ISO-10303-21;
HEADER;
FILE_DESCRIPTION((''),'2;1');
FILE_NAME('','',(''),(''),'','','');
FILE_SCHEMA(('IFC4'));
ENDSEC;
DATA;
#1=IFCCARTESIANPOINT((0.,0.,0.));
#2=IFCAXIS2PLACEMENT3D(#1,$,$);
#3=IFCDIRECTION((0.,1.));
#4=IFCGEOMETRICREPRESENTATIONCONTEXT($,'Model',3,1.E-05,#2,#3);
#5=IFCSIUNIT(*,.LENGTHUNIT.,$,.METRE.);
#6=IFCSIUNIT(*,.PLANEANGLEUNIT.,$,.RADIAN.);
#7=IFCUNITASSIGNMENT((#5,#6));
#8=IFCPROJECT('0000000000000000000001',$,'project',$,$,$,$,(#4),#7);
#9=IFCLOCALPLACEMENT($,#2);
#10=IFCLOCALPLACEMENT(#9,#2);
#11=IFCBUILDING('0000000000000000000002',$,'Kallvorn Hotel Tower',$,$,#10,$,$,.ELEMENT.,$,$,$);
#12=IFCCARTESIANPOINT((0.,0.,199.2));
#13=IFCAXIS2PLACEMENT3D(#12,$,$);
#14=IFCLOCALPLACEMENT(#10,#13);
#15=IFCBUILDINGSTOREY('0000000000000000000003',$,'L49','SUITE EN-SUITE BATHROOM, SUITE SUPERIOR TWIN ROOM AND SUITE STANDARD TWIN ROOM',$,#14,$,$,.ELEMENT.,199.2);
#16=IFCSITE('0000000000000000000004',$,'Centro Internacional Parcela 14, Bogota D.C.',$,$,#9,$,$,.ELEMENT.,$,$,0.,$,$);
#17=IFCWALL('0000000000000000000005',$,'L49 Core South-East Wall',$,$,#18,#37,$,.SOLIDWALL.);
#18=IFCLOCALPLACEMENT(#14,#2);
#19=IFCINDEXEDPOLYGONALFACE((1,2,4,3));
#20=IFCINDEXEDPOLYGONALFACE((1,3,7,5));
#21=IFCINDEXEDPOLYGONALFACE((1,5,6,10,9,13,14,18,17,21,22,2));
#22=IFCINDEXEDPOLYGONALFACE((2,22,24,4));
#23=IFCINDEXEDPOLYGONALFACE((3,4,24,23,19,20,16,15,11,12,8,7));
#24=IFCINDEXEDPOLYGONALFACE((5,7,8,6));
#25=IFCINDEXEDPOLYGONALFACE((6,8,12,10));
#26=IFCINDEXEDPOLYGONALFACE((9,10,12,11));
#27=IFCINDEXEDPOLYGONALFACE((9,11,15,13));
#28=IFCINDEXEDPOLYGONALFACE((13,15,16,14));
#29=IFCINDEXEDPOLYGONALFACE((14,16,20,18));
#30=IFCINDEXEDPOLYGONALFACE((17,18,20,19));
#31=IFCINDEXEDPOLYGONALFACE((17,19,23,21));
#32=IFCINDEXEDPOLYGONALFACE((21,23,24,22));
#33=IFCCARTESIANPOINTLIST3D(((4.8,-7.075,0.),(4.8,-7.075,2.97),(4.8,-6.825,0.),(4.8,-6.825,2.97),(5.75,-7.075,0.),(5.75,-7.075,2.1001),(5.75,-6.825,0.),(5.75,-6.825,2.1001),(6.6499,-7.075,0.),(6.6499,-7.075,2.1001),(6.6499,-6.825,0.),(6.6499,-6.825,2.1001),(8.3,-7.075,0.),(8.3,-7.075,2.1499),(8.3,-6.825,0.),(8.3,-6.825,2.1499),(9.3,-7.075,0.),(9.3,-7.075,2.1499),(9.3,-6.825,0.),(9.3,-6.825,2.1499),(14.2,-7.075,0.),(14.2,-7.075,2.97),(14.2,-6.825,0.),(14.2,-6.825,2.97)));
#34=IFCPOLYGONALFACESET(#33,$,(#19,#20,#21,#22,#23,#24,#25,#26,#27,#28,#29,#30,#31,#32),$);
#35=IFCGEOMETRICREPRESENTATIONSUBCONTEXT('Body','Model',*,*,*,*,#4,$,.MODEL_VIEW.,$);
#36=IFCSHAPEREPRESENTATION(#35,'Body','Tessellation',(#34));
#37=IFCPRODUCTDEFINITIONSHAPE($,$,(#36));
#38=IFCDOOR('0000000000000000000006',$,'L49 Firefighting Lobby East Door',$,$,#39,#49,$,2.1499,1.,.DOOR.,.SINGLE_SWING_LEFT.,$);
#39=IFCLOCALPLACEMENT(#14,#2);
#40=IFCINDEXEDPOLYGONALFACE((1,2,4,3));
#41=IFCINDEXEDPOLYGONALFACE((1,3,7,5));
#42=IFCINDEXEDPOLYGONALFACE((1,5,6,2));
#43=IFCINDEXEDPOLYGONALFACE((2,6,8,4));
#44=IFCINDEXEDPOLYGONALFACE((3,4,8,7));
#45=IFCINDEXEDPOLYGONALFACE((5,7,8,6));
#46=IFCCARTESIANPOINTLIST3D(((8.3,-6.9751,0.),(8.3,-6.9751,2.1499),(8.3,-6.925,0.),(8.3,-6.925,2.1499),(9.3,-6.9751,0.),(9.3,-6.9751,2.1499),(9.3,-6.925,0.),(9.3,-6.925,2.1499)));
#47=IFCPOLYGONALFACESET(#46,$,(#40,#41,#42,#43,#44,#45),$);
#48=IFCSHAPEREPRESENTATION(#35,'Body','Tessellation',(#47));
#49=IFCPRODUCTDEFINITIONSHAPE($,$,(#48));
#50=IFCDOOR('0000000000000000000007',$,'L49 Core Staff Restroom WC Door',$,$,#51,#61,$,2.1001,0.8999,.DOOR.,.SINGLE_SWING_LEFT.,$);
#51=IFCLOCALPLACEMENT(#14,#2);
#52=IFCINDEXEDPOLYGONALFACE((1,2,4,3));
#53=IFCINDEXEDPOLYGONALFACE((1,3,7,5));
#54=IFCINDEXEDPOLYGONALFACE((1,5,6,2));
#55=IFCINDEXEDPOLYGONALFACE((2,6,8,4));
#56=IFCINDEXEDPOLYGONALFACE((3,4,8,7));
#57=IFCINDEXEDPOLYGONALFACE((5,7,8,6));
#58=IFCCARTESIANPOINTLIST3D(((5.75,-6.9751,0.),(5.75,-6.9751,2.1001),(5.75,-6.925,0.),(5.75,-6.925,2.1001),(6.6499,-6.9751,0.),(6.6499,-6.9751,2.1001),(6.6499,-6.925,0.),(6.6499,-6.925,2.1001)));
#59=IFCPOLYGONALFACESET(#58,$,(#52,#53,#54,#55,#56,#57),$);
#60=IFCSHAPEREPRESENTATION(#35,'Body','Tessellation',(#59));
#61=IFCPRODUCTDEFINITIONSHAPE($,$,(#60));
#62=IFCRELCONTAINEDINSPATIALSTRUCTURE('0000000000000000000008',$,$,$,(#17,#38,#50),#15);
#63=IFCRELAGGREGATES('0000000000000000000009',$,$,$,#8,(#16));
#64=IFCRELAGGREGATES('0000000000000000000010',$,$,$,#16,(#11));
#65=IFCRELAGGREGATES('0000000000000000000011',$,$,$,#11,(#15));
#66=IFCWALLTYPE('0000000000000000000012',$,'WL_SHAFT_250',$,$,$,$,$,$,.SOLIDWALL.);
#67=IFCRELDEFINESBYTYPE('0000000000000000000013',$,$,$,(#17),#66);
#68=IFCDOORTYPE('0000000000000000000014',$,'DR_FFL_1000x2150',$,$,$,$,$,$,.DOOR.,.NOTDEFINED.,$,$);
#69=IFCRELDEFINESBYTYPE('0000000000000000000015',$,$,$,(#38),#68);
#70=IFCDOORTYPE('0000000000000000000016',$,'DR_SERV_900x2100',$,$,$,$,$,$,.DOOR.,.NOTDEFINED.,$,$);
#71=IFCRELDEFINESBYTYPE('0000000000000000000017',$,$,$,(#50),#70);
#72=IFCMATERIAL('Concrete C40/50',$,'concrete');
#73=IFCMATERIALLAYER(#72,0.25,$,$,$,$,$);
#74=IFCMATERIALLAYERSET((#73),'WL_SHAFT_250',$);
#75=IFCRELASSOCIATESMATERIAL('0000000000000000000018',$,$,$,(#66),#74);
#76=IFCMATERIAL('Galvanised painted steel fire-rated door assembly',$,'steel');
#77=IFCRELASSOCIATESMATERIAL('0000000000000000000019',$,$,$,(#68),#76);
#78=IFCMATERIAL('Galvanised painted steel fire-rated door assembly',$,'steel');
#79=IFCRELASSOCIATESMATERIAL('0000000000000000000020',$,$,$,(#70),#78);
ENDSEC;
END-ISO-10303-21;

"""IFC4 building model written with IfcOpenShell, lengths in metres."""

from ifc_helpers import new_model, si_unit, direction, frame, frame_2d, origin, place, context, subcontext, project, spatial, rectangle, extrude, material, layer, layer_set, type_object, element, fill, save


model = new_model("IFC4")

# Units and contexts
model_context = context("Model", 3, precision=1e-05, world=origin(), true_north=direction((0.0, 1.0)))
body_context = subcontext(model_context, "Body", "Model", "MODEL_VIEW")
ifc_project = project(units=[si_unit("LENGTHUNIT", "METRE"), si_unit("PLANEANGLEUNIT", "RADIAN")], contexts=[model_context])

# Site, building, storey
site_placement = place(None, origin())
site = spatial("IfcSite", under=ifc_project, at=site_placement, Name="Centro Internacional Parcela 14, Bogota D.C.", CompositionType="ELEMENT", RefElevation=0.0)
building_placement = place(site_placement, origin())
building = spatial("IfcBuilding", under=site, at=building_placement, Name="Kallvorn Hotel Tower", CompositionType="ELEMENT")
storey_placement = place(building_placement, frame((0.0, 0.0, 199.2)))
storey = spatial("IfcBuildingStorey", under=building, at=storey_placement, Name="L49", Description="SUITE EN-SUITE BATHROOM, SUITE SUPERIOR TWIN ROOM AND SUITE STANDARD TWIN ROOM", CompositionType="ELEMENT", Elevation=199.2)

# Wall, openings, doors
ifc_material_1 = material(Name="Concrete C40/50", Category="concrete")
ifc_layer_1 = layer(ifc_material_1, 0.25)
ifc_layer_set_1 = layer_set([ifc_layer_1], Name="WL_SHAFT_250")
wall_type_1 = type_object("IfcWallType", Name="WL_SHAFT_250", PredefinedType="SOLIDWALL", material=ifc_layer_set_1)
wall_1_placement = place(storey_placement, frame((4.8, -6.95, 0.0), z_axis=(0.0, 0.0, 1.0), x_axis=(1.0, 0.0, 0.0)))
wall_1 = element("IfcWall", 1, at=wall_1_placement, inside=storey, type_object=wall_type_1, Name="L49 Core South-East Wall", PredefinedType="SOLIDWALL", context=body_context, shape_type="SweptSolid", body=[
    extrude(rectangle(XDim=9.3999, YDim=0.25, at=frame_2d((4.7, 0.0))), origin(), (0.0, 0.0, 1.0), 2.97),
])
opening_1_placement = place(wall_1_placement, frame((3.5, 0.0, 0.0)))
opening_1 = element("IfcOpeningElement", 2, at=opening_1_placement, cuts=wall_1, PredefinedType="OPENING", context=body_context, shape_type="SweptSolid", body=[
    extrude(rectangle(XDim=1.0, YDim=2.1499, at=frame_2d((0.5, 1.075))), frame((0.0, 0.1399, 0.0), z_axis=(0.0, -1.0, 0.0), x_axis=(1.0, 0.0, 0.0)), (0.0, 0.0, 1.0), 0.28),
])
opening_2_placement = place(wall_1_placement, frame((0.95, 0.0, 0.0)))
opening_2 = element("IfcOpeningElement", 3, at=opening_2_placement, cuts=wall_1, PredefinedType="OPENING", context=body_context, shape_type="SweptSolid", body=[
    extrude(rectangle(XDim=0.8999, YDim=2.1001, at=frame_2d((0.45, 1.05))), frame((0.0, 0.1399, 0.0), z_axis=(0.0, -1.0, 0.0), x_axis=(1.0, 0.0, 0.0)), (0.0, 0.0, 1.0), 0.28),
])
ifc_material_2 = material(Name="Galvanised painted steel fire-rated door assembly", Category="steel")
door_type_1 = type_object("IfcDoorType", Name="DR_FFL_1000x2150", OperationType="NOTDEFINED", PredefinedType="DOOR", material=ifc_material_2)
door_1_placement = place(opening_1_placement, origin())
door_1 = element("IfcDoor", 4, at=door_1_placement, inside=storey, type_object=door_type_1, Name="L49 Firefighting Lobby East Door", OperationType="SINGLE_SWING_LEFT", OverallHeight=2.1499, OverallWidth=1.0, PredefinedType="DOOR", context=body_context, shape_type="SweptSolid", body=[
    extrude(rectangle(XDim=1.0, YDim=2.1499, at=frame_2d((0.5, 1.075))), frame((0.0, 0.0249, 0.0), z_axis=(0.0, -1.0, 0.0), x_axis=(1.0, 0.0, 0.0)), (0.0, 0.0, 1.0), 0.05),
])
fill(opening_1, door_1)
ifc_material_3 = material(Name="Galvanised painted steel fire-rated door assembly", Category="steel")
door_type_2 = type_object("IfcDoorType", Name="DR_SERV_900x2100", OperationType="NOTDEFINED", PredefinedType="DOOR", material=ifc_material_3)
door_2_placement = place(opening_2_placement, origin())
door_2 = element("IfcDoor", 5, at=door_2_placement, inside=storey, type_object=door_type_2, Name="L49 Core Staff Restroom WC Door", OperationType="SINGLE_SWING_LEFT", OverallHeight=2.1001, OverallWidth=0.8999, PredefinedType="DOOR", context=body_context, shape_type="SweptSolid", body=[
    extrude(rectangle(XDim=0.8999, YDim=2.1001, at=frame_2d((0.45, 1.05))), frame((0.0, 0.0249, 0.0), z_axis=(0.0, -1.0, 0.0), x_axis=(1.0, 0.0, 0.0)), (0.0, 0.0, 1.0), 0.05),
])
fill(opening_2, door_2)

save(model, "model.ifc")
